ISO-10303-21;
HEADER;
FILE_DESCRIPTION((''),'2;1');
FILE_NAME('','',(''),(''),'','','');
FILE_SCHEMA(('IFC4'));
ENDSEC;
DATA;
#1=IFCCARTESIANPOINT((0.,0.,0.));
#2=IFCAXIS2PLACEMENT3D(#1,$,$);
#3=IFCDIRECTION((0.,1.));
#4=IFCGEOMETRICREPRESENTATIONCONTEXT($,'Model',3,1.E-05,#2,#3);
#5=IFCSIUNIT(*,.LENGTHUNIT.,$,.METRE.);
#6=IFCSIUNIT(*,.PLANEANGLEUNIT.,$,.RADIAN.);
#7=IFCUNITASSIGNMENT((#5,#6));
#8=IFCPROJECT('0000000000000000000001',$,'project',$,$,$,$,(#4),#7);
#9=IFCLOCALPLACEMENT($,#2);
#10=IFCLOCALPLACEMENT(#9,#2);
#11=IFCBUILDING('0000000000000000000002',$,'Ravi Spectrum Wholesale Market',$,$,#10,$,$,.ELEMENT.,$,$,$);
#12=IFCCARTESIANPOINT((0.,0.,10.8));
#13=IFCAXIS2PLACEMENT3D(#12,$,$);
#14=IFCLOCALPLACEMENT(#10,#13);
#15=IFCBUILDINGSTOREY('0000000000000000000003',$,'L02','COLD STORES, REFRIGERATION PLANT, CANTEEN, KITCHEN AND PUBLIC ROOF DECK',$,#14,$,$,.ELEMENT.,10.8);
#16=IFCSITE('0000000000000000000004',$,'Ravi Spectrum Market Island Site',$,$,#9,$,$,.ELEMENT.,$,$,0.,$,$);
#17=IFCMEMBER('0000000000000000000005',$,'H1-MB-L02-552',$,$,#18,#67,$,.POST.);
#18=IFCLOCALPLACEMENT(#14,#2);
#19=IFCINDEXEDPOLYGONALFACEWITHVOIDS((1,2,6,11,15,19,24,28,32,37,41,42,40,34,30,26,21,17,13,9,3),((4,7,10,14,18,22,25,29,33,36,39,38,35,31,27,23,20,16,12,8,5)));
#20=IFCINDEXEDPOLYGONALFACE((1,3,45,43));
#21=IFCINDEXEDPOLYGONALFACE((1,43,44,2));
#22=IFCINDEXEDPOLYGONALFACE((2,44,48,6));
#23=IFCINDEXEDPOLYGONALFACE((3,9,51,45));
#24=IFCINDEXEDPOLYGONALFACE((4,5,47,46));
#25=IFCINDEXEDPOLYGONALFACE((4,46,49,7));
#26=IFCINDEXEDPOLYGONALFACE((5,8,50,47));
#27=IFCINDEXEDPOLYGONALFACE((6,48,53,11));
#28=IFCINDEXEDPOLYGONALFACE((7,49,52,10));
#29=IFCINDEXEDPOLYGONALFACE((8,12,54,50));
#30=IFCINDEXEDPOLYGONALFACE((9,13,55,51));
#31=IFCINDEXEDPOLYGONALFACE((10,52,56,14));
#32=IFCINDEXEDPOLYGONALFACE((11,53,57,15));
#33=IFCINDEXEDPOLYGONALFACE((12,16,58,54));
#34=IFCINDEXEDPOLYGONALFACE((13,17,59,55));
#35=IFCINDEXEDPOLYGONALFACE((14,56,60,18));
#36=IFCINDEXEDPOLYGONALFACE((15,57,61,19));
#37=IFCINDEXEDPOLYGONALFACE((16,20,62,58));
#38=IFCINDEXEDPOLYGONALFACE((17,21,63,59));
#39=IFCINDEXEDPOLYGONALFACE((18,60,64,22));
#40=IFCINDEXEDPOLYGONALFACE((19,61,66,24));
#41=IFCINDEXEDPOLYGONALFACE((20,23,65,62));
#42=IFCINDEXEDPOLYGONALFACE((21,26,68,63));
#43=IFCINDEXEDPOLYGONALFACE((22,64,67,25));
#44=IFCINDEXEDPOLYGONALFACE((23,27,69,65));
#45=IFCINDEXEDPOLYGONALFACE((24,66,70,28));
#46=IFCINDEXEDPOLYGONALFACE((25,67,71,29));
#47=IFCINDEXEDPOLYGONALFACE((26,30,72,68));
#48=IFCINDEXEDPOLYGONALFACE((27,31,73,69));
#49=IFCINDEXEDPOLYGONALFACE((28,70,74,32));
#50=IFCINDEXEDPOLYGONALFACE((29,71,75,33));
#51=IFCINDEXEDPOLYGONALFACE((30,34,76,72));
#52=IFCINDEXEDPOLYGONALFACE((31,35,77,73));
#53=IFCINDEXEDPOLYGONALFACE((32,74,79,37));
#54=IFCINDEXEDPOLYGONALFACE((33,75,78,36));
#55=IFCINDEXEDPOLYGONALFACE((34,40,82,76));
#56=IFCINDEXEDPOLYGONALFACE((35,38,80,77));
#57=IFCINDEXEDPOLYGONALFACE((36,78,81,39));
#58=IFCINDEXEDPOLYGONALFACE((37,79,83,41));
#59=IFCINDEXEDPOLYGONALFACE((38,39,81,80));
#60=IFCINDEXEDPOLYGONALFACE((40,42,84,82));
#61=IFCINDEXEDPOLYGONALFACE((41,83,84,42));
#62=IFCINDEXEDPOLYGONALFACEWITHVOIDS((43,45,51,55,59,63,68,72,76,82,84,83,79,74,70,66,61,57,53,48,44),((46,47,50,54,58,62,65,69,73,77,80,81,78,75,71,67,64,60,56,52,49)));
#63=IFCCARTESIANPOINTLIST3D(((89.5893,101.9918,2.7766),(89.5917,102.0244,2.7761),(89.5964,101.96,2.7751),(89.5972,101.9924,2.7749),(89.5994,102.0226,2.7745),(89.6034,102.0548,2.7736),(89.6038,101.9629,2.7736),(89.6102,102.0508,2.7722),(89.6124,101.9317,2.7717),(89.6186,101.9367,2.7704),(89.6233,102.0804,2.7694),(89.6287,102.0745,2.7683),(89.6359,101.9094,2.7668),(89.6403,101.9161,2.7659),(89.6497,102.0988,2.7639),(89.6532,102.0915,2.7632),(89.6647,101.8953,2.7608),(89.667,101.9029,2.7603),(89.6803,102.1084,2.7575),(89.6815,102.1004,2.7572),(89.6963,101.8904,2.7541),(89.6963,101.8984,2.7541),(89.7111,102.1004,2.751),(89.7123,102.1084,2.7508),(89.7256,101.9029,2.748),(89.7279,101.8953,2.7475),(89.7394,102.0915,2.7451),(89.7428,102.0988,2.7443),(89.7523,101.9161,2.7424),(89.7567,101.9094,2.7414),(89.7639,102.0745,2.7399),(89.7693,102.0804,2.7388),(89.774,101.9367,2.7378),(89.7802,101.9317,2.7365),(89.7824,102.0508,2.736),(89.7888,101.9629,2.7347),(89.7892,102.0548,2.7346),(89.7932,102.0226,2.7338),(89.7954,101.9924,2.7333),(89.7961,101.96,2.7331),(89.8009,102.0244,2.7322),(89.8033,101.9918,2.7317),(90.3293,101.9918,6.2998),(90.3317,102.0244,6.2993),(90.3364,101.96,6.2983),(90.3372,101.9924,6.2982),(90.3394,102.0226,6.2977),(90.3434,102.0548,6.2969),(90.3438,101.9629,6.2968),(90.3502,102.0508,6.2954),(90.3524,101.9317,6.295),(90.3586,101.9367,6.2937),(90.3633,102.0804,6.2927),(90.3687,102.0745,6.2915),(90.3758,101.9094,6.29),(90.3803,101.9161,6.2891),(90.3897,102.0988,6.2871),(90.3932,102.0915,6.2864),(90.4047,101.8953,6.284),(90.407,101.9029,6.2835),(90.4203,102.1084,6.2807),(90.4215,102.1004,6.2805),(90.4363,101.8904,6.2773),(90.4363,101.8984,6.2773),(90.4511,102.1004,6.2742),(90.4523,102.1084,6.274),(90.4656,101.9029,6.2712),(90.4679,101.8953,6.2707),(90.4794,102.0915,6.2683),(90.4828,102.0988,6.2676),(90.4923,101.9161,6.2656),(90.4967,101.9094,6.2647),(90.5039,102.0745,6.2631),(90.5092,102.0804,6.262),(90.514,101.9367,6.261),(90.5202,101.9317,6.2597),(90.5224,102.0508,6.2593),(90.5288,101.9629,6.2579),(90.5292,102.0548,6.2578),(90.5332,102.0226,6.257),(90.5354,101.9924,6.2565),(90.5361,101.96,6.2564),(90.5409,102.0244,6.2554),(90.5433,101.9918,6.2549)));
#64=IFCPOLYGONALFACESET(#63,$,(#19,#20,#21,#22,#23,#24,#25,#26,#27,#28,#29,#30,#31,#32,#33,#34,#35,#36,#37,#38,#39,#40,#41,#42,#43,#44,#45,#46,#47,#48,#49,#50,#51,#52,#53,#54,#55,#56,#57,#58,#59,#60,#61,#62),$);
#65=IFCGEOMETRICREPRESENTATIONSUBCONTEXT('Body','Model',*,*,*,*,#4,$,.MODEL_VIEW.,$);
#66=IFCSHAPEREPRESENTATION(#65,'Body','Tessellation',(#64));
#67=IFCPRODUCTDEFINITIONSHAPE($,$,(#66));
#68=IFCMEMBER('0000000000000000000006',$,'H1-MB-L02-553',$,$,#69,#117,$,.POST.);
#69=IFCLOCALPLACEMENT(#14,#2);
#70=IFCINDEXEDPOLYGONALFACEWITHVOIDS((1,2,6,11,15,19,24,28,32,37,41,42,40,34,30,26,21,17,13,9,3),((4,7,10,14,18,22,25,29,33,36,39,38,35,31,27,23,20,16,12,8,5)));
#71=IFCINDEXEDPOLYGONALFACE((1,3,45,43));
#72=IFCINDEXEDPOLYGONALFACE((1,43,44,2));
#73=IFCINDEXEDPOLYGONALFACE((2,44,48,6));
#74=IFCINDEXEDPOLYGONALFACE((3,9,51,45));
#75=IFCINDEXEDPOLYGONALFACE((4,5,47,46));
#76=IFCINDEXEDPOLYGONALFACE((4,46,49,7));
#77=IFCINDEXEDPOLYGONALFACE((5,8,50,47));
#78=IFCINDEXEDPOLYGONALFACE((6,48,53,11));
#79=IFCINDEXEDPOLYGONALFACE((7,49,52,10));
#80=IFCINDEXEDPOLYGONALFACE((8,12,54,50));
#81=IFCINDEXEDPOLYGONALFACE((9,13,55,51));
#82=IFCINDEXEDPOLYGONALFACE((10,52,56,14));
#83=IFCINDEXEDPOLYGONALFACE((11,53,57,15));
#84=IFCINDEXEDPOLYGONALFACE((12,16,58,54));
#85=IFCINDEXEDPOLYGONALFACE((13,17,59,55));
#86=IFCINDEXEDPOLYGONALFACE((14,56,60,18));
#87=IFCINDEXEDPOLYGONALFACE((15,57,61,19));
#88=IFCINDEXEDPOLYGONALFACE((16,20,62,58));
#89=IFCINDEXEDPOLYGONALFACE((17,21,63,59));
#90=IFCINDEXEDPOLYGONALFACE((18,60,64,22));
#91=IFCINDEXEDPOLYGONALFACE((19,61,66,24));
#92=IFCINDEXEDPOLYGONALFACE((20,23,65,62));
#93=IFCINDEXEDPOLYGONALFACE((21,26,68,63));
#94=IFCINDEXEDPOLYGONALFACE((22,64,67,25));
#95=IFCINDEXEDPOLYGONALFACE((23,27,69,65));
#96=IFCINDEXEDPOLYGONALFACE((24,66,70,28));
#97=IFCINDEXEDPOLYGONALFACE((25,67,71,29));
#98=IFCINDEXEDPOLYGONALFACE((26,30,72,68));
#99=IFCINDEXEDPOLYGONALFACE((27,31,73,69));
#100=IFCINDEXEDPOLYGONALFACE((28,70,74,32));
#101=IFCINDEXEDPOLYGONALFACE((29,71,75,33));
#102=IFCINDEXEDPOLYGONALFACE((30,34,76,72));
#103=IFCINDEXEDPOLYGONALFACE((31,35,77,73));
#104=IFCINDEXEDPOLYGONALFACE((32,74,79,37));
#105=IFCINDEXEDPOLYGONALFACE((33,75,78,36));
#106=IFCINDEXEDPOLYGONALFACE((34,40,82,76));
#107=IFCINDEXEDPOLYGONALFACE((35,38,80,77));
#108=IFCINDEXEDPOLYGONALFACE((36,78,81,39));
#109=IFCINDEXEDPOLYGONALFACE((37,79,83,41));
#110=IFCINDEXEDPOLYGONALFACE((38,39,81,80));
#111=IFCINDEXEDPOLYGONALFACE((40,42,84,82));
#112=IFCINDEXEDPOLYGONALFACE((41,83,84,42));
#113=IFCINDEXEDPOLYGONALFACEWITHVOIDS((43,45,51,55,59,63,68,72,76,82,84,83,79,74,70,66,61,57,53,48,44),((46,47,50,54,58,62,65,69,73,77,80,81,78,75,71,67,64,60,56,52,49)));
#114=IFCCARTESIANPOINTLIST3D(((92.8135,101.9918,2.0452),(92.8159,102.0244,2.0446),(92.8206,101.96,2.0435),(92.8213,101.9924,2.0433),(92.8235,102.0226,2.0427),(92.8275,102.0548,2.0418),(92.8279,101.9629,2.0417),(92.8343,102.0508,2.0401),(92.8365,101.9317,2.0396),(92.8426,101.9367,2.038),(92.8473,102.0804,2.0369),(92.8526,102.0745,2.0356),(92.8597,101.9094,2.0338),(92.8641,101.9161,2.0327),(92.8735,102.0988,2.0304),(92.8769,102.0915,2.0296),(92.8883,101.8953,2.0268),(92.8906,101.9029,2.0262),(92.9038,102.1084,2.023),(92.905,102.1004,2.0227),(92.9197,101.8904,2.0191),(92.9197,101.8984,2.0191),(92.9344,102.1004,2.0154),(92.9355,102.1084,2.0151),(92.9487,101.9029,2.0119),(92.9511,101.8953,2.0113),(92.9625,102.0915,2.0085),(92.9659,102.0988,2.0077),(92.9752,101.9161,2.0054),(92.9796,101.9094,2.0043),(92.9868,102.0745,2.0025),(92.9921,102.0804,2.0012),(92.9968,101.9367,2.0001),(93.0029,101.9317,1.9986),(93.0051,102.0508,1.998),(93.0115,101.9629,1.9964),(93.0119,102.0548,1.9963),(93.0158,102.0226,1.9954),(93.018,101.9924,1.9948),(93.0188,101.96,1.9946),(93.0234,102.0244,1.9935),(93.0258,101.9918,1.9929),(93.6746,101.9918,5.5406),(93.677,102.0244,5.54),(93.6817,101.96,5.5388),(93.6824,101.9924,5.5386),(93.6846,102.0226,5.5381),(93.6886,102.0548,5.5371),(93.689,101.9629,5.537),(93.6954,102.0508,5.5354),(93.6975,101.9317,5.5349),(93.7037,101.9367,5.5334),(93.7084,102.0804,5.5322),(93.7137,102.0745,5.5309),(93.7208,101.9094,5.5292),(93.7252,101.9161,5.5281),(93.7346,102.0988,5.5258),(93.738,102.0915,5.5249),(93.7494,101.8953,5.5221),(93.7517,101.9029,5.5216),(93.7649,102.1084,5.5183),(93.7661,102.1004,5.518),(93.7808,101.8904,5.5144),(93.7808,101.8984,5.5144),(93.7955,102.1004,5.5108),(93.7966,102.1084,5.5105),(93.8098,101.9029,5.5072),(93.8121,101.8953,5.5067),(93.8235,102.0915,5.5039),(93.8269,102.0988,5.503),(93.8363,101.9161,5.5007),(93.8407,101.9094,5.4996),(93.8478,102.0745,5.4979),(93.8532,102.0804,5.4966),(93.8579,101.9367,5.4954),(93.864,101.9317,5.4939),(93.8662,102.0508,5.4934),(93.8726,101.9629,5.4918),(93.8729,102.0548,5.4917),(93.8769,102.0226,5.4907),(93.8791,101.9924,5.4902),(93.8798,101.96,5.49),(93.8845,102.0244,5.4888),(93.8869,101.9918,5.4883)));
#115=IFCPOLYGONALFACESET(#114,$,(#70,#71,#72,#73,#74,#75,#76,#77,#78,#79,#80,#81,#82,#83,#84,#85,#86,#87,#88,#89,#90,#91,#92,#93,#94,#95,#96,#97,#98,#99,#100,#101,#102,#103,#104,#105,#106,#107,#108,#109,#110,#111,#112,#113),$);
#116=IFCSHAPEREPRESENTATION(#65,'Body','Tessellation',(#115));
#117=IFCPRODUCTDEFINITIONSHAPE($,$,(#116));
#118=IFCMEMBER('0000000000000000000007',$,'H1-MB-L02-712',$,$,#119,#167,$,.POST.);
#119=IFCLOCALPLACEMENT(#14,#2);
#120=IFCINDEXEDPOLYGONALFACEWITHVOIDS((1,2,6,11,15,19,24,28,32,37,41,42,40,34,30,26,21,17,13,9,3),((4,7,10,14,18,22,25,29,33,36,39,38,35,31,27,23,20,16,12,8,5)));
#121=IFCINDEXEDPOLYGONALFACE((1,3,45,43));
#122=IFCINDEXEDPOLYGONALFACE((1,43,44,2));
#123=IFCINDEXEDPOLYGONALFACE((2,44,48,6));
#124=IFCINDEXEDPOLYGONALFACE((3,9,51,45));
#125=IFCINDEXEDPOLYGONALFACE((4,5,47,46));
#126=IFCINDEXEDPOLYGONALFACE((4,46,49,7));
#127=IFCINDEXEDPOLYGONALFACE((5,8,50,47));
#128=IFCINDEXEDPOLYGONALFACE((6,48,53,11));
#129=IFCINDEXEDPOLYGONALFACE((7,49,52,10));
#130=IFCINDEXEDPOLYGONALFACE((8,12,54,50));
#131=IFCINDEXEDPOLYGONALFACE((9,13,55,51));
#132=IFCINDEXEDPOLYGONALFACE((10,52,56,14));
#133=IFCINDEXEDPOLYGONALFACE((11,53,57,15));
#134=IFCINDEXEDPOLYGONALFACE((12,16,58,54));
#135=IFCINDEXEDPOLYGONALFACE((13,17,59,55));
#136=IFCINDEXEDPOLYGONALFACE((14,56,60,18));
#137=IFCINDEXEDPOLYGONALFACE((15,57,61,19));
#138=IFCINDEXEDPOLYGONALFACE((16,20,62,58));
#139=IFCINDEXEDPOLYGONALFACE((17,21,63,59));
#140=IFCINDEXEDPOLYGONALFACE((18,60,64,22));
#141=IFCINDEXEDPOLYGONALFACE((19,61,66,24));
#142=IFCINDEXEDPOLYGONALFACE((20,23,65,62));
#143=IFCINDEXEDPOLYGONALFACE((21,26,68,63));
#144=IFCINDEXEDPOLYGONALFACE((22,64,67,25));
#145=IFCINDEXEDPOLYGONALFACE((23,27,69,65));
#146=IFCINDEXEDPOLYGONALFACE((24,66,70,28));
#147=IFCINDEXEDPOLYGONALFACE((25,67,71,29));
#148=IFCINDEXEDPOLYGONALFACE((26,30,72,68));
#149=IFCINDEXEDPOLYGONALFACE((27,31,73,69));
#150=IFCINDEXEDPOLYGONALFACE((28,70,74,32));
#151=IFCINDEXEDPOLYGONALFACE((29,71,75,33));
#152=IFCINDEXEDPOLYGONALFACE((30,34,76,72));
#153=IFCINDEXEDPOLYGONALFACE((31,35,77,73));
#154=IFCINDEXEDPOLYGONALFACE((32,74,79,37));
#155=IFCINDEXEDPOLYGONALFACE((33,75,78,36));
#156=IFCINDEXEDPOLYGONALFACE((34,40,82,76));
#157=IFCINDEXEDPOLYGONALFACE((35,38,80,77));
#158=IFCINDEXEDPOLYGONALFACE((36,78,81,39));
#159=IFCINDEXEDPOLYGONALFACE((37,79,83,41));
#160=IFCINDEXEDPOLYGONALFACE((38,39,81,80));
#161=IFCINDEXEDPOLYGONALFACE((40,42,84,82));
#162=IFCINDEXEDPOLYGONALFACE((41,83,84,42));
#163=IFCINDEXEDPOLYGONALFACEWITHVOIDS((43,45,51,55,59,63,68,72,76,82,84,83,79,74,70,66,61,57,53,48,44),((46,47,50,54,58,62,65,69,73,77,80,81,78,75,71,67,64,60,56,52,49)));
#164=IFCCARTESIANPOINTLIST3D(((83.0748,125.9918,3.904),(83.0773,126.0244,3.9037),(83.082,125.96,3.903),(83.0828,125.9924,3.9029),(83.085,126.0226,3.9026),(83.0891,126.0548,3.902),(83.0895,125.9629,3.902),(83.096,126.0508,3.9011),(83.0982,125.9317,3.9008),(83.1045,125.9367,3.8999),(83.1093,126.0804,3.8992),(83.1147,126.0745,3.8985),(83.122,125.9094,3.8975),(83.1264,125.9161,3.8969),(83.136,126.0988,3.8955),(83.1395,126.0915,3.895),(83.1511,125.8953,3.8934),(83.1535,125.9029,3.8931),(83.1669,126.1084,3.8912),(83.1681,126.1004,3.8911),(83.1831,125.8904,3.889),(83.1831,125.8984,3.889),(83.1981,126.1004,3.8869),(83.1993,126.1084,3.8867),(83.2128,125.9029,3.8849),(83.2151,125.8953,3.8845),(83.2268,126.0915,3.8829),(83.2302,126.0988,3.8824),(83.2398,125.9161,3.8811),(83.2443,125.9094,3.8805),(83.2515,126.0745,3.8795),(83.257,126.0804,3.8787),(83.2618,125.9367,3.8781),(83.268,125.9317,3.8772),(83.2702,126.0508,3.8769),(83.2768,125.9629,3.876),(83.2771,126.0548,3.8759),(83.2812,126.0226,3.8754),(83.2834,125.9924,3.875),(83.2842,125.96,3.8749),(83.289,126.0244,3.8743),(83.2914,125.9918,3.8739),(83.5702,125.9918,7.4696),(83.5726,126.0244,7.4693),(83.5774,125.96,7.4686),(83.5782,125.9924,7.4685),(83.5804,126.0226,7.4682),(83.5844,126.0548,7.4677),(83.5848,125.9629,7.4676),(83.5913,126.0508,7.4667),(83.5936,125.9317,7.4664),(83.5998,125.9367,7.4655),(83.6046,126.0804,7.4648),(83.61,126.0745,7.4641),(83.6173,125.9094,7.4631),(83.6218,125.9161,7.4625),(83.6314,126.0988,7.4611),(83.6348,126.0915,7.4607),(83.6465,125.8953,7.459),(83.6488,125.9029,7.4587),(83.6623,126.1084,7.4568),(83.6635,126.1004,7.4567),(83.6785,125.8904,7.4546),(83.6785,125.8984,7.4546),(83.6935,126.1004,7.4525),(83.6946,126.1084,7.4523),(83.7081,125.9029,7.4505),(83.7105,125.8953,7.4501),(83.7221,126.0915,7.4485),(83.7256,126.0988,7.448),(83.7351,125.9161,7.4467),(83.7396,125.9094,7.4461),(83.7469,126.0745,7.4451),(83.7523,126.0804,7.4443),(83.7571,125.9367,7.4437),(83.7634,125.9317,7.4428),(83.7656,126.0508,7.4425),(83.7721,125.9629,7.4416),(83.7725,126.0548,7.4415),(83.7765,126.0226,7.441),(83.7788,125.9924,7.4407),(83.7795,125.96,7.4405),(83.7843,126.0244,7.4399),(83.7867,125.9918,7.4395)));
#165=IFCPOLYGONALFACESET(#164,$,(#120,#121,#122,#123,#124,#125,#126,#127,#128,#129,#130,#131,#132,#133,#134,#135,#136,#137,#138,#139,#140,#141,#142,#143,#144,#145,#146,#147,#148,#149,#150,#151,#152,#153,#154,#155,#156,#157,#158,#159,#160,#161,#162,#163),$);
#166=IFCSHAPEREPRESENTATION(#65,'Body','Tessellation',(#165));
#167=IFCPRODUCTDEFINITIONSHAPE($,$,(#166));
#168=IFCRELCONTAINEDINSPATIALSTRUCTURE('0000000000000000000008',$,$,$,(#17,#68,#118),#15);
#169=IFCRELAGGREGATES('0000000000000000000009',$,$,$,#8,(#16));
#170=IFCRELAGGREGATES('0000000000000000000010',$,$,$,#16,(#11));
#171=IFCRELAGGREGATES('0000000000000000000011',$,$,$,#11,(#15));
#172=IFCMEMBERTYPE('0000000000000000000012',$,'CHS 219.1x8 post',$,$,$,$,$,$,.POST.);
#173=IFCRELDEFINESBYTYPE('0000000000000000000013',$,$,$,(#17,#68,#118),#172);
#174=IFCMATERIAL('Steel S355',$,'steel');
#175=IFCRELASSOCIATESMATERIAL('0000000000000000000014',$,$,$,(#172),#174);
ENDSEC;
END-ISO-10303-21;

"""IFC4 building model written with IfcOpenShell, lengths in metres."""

from ifc_helpers import new_model, si_unit, direction, frame, origin, origin_2d, place, context, subcontext, project, spatial, hollow_circle, extrude, material, material_profile, profile_set, type_object, element, save


model = new_model("IFC4")

# Units and contexts
model_context = context("Model", 3, precision=1e-05, world=origin(), true_north=direction((0.0, 1.0)))
body_context = subcontext(model_context, "Body", "Model", "MODEL_VIEW")
ifc_project = project(units=[si_unit("LENGTHUNIT", "METRE"), si_unit("PLANEANGLEUNIT", "RADIAN")], contexts=[model_context])

# Site, building, storey
site_placement = place(None, origin())
site = spatial("IfcSite", under=ifc_project, at=site_placement, Name="Ravi Spectrum Market Island Site", CompositionType="ELEMENT", RefElevation=0.0)
building_placement = place(site_placement, origin())
building = spatial("IfcBuilding", under=site, at=building_placement, Name="Ravi Spectrum Wholesale Market", CompositionType="ELEMENT")
storey_placement = place(building_placement, frame((0.0, 0.0, 10.8)))
storey = spatial("IfcBuildingStorey", under=building, at=storey_placement, Name="L02", Description="COLD STORES, REFRIGERATION PLANT, CANTEEN, KITCHEN AND PUBLIC ROOF DECK", CompositionType="ELEMENT", Elevation=10.8)

# Members
ifc_material_1 = material(Name="Steel S355", Category="steel")
ifc_material_profile_1 = material_profile(ifc_material_1, hollow_circle(Radius=0.1096, WallThickness=0.0081, at=origin_2d()))
ifc_profile_set_1 = profile_set([ifc_material_profile_1], Name="Steel S355")
member_type_1 = type_object("IfcMemberType", Name="CHS 219.1x8 post", PredefinedType="POST", material=ifc_profile_set_1)
member_1_placement = place(storey_placement, frame((90.4363, 102.0, 6.2773), z_axis=(-0.205549, 0.0, -0.978647), x_axis=(0.0, -1.0, 0.0)))
element("IfcMember", 1, at=member_1_placement, inside=storey, type_object=member_type_1, Name="H1-MB-L02-552", PredefinedType="POST", context=body_context, shape_type="SweptSolid", body=[
    extrude(hollow_circle(Radius=0.1096, WallThickness=0.0081, at=origin_2d()), origin(), (0.0, 0.0, 1.0), 3.6001),
])
for number, where, z_axis, x_axis, name in (
    (2, (93.7808, 102.0, 5.5144), (-0.239199, 0.0, -0.970971), (0.0, -1.0, 0.0), "H1-MB-L02-553"),
    (3, (83.6785, 126.0, 7.4546), (-0.137603, 0.0, -0.990487), (0.0, -1.0, 0.0), "H1-MB-L02-712"),
):
    element("IfcMember", number, at=place(storey_placement, frame(where, z_axis=z_axis, x_axis=x_axis)), inside=storey, type_object=member_type_1, Name=name, PredefinedType="POST", context=body_context, shape_type="SweptSolid", body=[
        extrude(hollow_circle(Radius=0.1096, WallThickness=0.0081, at=origin_2d()), origin(), (0.0, 0.0, 1.0), 3.5999),
    ])

save(model, "model.ifc")
